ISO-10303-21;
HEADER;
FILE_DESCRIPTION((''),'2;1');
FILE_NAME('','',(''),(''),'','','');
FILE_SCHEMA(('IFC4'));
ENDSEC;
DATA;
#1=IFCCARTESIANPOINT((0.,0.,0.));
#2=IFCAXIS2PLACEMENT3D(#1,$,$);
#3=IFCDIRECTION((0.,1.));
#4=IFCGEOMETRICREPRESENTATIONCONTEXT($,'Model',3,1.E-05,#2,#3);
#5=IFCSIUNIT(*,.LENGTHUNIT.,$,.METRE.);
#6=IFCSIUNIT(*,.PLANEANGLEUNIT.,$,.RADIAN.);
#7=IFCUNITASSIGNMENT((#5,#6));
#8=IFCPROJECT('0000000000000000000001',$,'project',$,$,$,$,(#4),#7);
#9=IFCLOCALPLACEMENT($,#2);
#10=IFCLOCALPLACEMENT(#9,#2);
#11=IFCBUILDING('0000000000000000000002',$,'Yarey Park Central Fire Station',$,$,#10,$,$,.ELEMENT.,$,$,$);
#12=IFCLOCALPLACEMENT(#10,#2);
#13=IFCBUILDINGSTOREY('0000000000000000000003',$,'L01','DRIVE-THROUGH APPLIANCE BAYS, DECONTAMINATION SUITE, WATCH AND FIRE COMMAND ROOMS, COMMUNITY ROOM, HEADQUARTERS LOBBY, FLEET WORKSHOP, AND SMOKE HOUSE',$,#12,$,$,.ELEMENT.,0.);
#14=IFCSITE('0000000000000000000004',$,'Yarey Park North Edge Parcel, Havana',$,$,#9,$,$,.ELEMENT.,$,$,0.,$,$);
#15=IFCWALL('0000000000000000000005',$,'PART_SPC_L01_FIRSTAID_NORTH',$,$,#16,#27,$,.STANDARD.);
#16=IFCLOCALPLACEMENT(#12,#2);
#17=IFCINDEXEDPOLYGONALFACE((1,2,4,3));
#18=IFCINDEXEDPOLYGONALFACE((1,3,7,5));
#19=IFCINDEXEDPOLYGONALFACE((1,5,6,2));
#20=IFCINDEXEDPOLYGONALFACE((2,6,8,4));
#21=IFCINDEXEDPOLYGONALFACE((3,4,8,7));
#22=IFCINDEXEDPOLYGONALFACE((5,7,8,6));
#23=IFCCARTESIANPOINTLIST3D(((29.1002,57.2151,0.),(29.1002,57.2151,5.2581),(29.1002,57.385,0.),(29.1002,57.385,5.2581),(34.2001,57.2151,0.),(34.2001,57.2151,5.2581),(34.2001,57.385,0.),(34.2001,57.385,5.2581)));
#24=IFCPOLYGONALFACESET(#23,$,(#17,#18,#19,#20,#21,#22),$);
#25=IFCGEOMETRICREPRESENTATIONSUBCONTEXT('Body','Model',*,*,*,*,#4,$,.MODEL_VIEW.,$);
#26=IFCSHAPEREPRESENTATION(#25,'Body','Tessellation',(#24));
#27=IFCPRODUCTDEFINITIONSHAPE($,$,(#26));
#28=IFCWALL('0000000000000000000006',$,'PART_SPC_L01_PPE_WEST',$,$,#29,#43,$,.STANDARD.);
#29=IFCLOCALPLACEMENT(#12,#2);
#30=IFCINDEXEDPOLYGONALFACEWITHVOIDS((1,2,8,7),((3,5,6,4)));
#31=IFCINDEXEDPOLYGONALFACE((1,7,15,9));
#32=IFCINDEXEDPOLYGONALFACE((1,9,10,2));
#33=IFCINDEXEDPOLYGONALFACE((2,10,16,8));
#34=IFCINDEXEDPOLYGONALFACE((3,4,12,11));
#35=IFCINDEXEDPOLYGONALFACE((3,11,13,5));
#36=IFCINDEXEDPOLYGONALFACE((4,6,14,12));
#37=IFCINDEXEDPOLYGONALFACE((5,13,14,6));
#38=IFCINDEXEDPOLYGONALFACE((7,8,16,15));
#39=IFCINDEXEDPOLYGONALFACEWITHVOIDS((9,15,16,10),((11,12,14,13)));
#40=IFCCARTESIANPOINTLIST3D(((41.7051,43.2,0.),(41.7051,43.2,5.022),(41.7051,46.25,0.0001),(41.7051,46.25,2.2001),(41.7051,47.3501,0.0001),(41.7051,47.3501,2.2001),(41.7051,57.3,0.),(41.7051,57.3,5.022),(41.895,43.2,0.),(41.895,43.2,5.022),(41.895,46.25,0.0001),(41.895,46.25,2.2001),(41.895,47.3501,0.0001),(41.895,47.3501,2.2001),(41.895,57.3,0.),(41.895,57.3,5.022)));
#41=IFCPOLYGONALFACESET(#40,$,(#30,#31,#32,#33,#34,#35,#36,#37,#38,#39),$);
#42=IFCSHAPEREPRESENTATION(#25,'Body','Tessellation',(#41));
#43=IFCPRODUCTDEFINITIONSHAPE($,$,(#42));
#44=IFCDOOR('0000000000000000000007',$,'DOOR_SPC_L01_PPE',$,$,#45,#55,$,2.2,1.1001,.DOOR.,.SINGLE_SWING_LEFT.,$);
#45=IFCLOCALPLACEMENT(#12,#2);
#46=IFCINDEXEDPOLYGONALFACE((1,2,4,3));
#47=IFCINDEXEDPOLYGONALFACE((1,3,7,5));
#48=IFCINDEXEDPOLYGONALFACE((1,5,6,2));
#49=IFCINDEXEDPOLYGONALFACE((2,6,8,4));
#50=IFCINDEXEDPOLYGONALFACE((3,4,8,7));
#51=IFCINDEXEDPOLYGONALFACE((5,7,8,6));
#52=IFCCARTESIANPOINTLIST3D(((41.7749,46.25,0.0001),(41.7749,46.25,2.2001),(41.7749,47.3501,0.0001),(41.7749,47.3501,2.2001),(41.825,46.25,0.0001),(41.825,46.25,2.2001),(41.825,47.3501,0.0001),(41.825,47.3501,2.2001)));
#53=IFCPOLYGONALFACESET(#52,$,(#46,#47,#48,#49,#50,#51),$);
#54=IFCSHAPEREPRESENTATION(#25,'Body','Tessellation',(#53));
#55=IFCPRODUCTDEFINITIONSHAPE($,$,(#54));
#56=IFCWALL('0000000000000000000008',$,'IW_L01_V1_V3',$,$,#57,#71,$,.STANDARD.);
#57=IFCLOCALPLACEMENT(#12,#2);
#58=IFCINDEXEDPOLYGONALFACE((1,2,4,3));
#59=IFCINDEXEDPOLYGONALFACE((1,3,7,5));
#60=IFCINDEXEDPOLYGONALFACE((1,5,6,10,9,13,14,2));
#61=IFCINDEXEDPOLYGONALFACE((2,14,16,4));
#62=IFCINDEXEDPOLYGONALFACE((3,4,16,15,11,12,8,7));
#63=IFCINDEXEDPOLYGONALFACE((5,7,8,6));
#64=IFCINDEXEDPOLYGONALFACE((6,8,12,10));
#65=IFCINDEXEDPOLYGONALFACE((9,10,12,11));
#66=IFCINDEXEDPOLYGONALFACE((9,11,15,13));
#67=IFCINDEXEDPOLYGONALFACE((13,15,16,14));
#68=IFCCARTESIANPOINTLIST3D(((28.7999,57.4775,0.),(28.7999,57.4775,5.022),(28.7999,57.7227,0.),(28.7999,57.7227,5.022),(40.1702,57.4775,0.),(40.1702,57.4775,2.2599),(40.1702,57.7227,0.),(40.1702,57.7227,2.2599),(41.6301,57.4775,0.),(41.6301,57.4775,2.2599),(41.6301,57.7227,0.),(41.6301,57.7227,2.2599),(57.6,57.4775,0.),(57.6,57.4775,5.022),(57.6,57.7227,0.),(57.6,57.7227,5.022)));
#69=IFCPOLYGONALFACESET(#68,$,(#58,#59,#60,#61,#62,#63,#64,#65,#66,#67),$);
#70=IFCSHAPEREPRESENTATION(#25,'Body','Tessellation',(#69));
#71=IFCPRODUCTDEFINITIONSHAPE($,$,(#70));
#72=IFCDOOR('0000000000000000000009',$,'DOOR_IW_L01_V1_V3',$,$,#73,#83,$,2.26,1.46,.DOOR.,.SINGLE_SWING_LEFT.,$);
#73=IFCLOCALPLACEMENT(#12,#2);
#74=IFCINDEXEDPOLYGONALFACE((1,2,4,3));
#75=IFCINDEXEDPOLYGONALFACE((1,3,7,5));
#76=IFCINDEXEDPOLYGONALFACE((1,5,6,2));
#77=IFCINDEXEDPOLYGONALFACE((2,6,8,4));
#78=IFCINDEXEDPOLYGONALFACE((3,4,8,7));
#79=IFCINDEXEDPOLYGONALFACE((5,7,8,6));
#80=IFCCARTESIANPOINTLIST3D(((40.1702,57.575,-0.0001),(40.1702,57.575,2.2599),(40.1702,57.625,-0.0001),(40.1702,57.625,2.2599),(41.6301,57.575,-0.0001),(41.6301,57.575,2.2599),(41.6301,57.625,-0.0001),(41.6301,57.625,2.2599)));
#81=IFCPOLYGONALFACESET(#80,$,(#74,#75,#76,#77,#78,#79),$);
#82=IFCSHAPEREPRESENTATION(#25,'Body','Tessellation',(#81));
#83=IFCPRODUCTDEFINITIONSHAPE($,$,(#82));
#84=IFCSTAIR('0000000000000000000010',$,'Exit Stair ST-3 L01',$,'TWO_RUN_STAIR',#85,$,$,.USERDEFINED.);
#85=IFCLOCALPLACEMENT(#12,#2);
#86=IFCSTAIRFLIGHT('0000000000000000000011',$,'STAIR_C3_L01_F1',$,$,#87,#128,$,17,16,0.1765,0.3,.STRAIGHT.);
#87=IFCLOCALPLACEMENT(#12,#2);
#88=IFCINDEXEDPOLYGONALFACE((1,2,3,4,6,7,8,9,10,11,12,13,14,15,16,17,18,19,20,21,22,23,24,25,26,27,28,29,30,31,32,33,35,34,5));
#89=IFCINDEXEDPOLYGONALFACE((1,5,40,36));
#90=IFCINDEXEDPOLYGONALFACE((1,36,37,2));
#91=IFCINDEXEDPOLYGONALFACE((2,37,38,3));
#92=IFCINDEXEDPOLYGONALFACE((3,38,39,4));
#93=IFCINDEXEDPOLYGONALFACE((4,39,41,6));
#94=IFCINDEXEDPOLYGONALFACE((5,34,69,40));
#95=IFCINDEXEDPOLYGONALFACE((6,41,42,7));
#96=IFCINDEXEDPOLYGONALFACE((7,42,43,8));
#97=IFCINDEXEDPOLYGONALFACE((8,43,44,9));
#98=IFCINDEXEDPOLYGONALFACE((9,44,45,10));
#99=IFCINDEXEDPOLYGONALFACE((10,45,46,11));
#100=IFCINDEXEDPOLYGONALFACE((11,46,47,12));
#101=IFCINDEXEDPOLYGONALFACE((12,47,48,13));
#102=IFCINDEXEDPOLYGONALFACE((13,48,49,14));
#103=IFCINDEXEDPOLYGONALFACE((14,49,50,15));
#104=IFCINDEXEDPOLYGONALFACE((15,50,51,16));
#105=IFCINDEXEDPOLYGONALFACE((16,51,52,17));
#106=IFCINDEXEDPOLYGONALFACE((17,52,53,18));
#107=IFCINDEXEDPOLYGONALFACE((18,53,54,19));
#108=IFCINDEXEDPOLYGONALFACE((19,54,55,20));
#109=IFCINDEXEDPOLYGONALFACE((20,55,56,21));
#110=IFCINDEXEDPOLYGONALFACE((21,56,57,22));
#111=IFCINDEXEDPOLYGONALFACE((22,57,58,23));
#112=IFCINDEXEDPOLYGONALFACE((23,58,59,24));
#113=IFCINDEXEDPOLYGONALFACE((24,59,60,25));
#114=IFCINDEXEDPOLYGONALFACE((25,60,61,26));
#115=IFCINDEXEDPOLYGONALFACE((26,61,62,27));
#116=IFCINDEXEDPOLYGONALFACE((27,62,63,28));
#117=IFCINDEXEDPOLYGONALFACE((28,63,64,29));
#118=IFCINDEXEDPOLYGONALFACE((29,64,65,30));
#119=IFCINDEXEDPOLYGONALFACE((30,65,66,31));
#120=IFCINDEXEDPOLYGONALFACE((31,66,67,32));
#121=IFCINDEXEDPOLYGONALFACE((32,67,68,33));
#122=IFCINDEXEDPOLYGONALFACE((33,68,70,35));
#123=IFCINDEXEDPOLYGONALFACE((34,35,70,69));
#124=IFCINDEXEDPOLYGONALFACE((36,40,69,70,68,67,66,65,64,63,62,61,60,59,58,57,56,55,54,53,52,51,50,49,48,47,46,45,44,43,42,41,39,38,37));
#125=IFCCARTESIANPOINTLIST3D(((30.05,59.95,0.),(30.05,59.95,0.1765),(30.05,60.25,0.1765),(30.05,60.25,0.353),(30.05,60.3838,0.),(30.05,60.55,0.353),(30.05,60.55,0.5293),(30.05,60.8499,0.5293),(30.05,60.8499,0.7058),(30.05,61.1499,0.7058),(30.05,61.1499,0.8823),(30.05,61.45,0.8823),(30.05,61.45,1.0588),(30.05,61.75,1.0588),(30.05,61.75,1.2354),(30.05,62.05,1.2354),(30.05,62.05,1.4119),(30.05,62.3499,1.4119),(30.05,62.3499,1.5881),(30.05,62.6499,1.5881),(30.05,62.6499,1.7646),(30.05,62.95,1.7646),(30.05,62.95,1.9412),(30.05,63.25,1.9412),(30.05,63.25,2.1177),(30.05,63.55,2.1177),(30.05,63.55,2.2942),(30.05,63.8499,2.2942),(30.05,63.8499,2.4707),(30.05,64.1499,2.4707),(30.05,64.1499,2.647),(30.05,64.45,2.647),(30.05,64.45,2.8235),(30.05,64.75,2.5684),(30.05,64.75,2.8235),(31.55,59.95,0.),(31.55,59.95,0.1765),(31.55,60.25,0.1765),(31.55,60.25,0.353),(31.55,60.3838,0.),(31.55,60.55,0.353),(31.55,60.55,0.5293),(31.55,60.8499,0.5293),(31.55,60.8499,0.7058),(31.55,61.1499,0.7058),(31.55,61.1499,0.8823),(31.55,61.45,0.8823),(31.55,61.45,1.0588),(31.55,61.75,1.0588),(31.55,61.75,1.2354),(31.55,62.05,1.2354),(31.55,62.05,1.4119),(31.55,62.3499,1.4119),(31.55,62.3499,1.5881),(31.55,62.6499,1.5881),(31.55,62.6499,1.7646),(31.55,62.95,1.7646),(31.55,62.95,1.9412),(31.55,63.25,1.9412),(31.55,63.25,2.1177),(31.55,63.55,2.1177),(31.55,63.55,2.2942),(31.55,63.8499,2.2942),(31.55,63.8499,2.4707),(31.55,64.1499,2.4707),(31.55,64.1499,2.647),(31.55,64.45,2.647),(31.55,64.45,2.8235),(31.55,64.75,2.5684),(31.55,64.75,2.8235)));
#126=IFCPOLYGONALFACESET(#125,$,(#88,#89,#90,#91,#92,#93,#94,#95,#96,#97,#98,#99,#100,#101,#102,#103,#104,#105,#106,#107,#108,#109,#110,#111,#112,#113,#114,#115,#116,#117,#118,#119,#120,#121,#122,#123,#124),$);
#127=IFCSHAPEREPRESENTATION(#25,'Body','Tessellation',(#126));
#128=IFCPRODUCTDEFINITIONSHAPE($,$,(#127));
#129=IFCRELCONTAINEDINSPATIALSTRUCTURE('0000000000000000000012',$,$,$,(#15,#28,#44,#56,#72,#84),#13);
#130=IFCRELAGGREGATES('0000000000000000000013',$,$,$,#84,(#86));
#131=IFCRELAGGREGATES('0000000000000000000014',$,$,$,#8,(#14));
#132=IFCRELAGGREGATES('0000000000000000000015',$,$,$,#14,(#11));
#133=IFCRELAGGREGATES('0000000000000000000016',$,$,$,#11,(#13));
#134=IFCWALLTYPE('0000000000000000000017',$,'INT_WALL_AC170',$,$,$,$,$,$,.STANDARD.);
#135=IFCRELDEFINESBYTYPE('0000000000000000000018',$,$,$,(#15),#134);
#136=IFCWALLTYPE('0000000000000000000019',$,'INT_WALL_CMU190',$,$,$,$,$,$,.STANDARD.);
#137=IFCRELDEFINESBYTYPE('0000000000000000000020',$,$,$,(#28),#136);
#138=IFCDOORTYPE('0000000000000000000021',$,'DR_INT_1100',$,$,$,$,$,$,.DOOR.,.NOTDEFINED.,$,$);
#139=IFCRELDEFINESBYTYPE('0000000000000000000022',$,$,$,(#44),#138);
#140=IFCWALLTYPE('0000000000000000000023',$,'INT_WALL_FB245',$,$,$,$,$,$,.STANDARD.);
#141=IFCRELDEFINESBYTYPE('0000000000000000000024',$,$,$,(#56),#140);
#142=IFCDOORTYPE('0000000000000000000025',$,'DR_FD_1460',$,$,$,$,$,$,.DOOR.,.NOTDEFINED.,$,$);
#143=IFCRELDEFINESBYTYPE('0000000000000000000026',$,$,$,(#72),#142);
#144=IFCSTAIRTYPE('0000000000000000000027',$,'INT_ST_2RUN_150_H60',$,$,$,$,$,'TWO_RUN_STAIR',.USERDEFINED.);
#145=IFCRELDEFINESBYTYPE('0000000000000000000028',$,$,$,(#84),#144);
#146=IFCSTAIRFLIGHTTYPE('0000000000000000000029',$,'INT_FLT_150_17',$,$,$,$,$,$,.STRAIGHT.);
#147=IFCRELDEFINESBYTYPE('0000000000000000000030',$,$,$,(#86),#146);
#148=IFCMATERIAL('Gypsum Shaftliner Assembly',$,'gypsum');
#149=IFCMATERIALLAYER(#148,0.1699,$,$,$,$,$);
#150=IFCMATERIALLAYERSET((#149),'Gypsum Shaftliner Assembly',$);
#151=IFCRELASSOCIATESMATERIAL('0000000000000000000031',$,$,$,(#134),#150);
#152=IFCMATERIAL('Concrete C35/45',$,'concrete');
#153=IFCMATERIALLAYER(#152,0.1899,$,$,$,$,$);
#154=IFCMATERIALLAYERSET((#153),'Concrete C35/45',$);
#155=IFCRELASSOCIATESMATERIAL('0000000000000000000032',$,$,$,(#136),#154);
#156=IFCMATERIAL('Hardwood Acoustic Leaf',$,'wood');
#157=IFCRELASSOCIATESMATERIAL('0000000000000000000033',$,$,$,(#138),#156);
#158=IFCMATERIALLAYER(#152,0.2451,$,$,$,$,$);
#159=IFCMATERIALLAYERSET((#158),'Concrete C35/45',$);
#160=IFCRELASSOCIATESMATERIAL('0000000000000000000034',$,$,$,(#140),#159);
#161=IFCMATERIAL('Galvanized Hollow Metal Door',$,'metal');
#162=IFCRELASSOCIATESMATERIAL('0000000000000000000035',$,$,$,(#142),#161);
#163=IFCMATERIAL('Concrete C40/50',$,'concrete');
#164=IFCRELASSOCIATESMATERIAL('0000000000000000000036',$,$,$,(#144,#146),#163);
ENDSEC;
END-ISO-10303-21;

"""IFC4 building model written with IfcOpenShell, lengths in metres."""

from ifc_helpers import new_model, si_unit, direction, frame, frame_2d, origin, place, context, subcontext, project, spatial, polyline, rectangle, outline, extrude, material, layer, layer_set, type_object, element, fill, aggregate, save


model = new_model("IFC4")

# Units and contexts
model_context = context("Model", 3, precision=1e-05, world=origin(), true_north=direction((0.0, 1.0)))
body_context = subcontext(model_context, "Body", "Model", "MODEL_VIEW")
ifc_project = project(units=[si_unit("LENGTHUNIT", "METRE"), si_unit("PLANEANGLEUNIT", "RADIAN")], contexts=[model_context])

# Site, building, storey
site_placement = place(None, origin())
site = spatial("IfcSite", under=ifc_project, at=site_placement, Name="Yarey Park North Edge Parcel, Havana", CompositionType="ELEMENT", RefElevation=0.0)
building_placement = place(site_placement, origin())
building = spatial("IfcBuilding", under=site, at=building_placement, Name="Yarey Park Central Fire Station", CompositionType="ELEMENT")
storey_placement = place(building_placement, origin())
storey = spatial("IfcBuildingStorey", under=building, at=storey_placement, Name="L01", Description="DRIVE-THROUGH APPLIANCE BAYS, DECONTAMINATION SUITE, WATCH AND FIRE COMMAND ROOMS, COMMUNITY ROOM, HEADQUARTERS LOBBY, FLEET WORKSHOP, AND SMOKE HOUSE", CompositionType="ELEMENT", Elevation=0.0)

# Shared definitions
ifc_material_1 = material(Name="Concrete C35/45", Category="concrete")

# Shared definitions
ifc_material_2 = material(Name="Galvanized Hollow Metal Door", Category="metal")

# Wall
ifc_material_3 = material(Name="Concrete C40/50", Category="concrete")
ifc_material_4 = material(Name="Gypsum Shaftliner Assembly", Category="gypsum")
ifc_layer_1 = layer(ifc_material_4, 0.1699)
ifc_layer_set_1 = layer_set([ifc_layer_1], Name="Gypsum Shaftliner Assembly")
wall_type_1 = type_object("IfcWallType", Name="INT_WALL_AC170", PredefinedType="STANDARD", material=ifc_layer_set_1)
wall_1_placement = place(storey_placement, frame((34.2, 57.3, 0.0), z_axis=(0.0, 0.0, 1.0), x_axis=(-1.0, 0.0, 0.0)))
element("IfcWall", 1, at=wall_1_placement, inside=storey, type_object=wall_type_1, Name="PART_SPC_L01_FIRSTAID_NORTH", PredefinedType="STANDARD", context=body_context, shape_type="SweptSolid", body=[
    extrude(rectangle(XDim=5.0999, YDim=0.1699, at=frame_2d((2.5498, 0.0))), origin(), (0.0, 0.0, 1.0), 5.2581),
])

# Walls, openings, doors
ifc_layer_2 = layer(ifc_material_1, 0.1899)
ifc_layer_set_2 = layer_set([ifc_layer_2], Name="Concrete C35/45")
wall_type_2 = type_object("IfcWallType", Name="INT_WALL_CMU190", PredefinedType="STANDARD", material=ifc_layer_set_2)
wall_2_placement = place(storey_placement, frame((41.8, 57.3, 0.0), z_axis=(0.0, 0.0, 1.0), x_axis=(0.0, -1.0, 0.0)))
wall_2 = element("IfcWall", 2, at=wall_2_placement, inside=storey, type_object=wall_type_2, Name="PART_SPC_L01_PPE_WEST", PredefinedType="STANDARD", context=body_context, shape_type="SweptSolid", body=[
    extrude(rectangle(XDim=14.1001, YDim=0.1899, at=frame_2d((7.05, 0.0))), origin(), (0.0, 0.0, 1.0), 5.022),
])
opening_1_placement = place(wall_2_placement, frame((9.95, 0.0, 0.0)))
opening_1 = element("IfcOpeningElement", 3, at=opening_1_placement, cuts=wall_2, PredefinedType="OPENING", context=body_context, shape_type="SweptSolid", body=[
    extrude(rectangle(XDim=1.1001, YDim=2.2, at=frame_2d((0.55, 1.1001))), frame((0.0, 0.105, 0.0), z_axis=(0.0, -1.0, 0.0), x_axis=(1.0, 0.0, 0.0)), (0.0, 0.0, 1.0), 0.21),
])
ifc_material_5 = material(Name="Hardwood Acoustic Leaf", Category="wood")
door_type_1 = type_object("IfcDoorType", Name="DR_INT_1100", OperationType="NOTDEFINED", PredefinedType="DOOR", material=ifc_material_5)
door_1_placement = place(opening_1_placement, origin())
door_1 = element("IfcDoor", 4, at=door_1_placement, inside=storey, type_object=door_type_1, Name="DOOR_SPC_L01_PPE", OperationType="SINGLE_SWING_LEFT", OverallHeight=2.2, OverallWidth=1.1001, PredefinedType="DOOR", context=body_context, shape_type="SweptSolid", body=[
    extrude(rectangle(XDim=1.1001, YDim=2.2, at=frame_2d((0.55, 1.1001))), frame((0.0, 0.0249, 0.0), z_axis=(0.0, -1.0, 0.0), x_axis=(1.0, 0.0, 0.0)), (0.0, 0.0, 1.0), 0.05),
])
fill(opening_1, door_1)
ifc_layer_3 = layer(ifc_material_1, 0.2451)
ifc_layer_set_3 = layer_set([ifc_layer_3], Name="Concrete C35/45")
wall_type_3 = type_object("IfcWallType", Name="INT_WALL_FB245", PredefinedType="STANDARD", material=ifc_layer_set_3)
wall_3_placement = place(storey_placement, frame((28.8, 57.6001, 0.0), z_axis=(0.0, 0.0, 1.0), x_axis=(1.0, 0.0, 0.0)))
wall_3 = element("IfcWall", 5, at=wall_3_placement, inside=storey, type_object=wall_type_3, Name="IW_L01_V1_V3", PredefinedType="STANDARD", context=body_context, shape_type="SweptSolid", body=[
    extrude(rectangle(XDim=28.8, YDim=0.2451, at=frame_2d((14.3999, 0.0))), origin(), (0.0, 0.0, 1.0), 5.022),
])
opening_2_placement = place(wall_3_placement, frame((11.3701, 0.0, 0.0)))
opening_2 = element("IfcOpeningElement", 6, at=opening_2_placement, cuts=wall_3, PredefinedType="OPENING", context=body_context, shape_type="SweptSolid", body=[
    extrude(rectangle(XDim=1.46, YDim=2.26, at=frame_2d((0.73, 1.1299))), frame((0.0, 0.1326, 0.0), z_axis=(0.0, -1.0, 0.0), x_axis=(1.0, 0.0, 0.0)), (0.0, 0.0, 1.0), 0.2651),
])
door_type_2 = type_object("IfcDoorType", Name="DR_FD_1460", OperationType="NOTDEFINED", PredefinedType="DOOR", material=ifc_material_2)
door_2_placement = place(opening_2_placement, origin())
door_2 = element("IfcDoor", 7, at=door_2_placement, inside=storey, type_object=door_type_2, Name="DOOR_IW_L01_V1_V3", OperationType="SINGLE_SWING_LEFT", OverallHeight=2.26, OverallWidth=1.46, PredefinedType="DOOR", context=body_context, shape_type="SweptSolid", body=[
    extrude(rectangle(XDim=1.46, YDim=2.26, at=frame_2d((0.73, 1.1299))), frame((0.0, 0.0249, 0.0), z_axis=(0.0, -1.0, 0.0), x_axis=(1.0, 0.0, 0.0)), (0.0, 0.0, 1.0), 0.05),
])
fill(opening_2, door_2)

# Stair, stair flight
stair_type = type_object("IfcStairType", Name="INT_ST_2RUN_150_H60", ElementType="TWO_RUN_STAIR", PredefinedType="USERDEFINED", material=ifc_material_3)
stair_placement = place(storey_placement, origin())
stair = element("IfcStair", 8, at=stair_placement, inside=storey, type_object=stair_type, Name="Exit Stair ST-3 L01", ObjectType="TWO_RUN_STAIR", PredefinedType="USERDEFINED")
stair_flight_type = type_object("IfcStairFlightType", Name="INT_FLT_150_17", PredefinedType="STRAIGHT", material=ifc_material_3)
stair_flight_placement = place(storey_placement, frame((30.8, 59.95, 0.0), z_axis=(0.0, 0.0, 1.0), x_axis=(0.0, 1.0, 0.0)))
stair_flight = element("IfcStairFlight", 9, at=stair_flight_placement, type_object=stair_flight_type, Name="STAIR_C3_L01_F1", NumberOfRisers=17, NumberOfTreads=16, PredefinedType="STRAIGHT", RiserHeight=0.1765, TreadLength=0.3, context=body_context, shape_type="SweptSolid", body=[
    extrude(outline(polyline([(0.0, 0.0), (0.0, 0.1765), (0.3, 0.1765), (0.3, 0.353), (0.6001, 0.353), (0.6001, 0.5293), (0.8999, 0.5293), (0.8999, 0.7058), (1.2, 0.7058), (1.2, 0.8823), (1.5, 0.8823), (1.5, 1.0588), (1.8, 1.0588), (1.8, 1.2354), (2.1001, 1.2354), (2.1001, 1.4119), (2.3999, 1.4119), (2.3999, 1.5881), (2.7, 1.5881), (2.7, 1.7646), (3.0, 1.7646), (3.0, 1.9412), (3.3, 1.9412), (3.3, 2.1177), (3.6001, 2.1177), (3.6001, 2.2942), (3.8999, 2.2942), (3.8999, 2.4707), (4.2, 2.4707), (4.2, 2.647), (4.5, 2.647), (4.5, 2.8235), (4.8, 2.8235), (4.8, 3.0), (4.8, 2.5684), (0.4338, 0.0), (0.0, 0.0)])), frame((0.0, 0.75, 0.0), z_axis=(0.0, -1.0, 0.0), x_axis=(1.0, 0.0, 0.0)), (0.0, 0.0, 1.0), 1.5),
])
aggregate(stair, [stair_flight])

save(model, "model.ifc")
